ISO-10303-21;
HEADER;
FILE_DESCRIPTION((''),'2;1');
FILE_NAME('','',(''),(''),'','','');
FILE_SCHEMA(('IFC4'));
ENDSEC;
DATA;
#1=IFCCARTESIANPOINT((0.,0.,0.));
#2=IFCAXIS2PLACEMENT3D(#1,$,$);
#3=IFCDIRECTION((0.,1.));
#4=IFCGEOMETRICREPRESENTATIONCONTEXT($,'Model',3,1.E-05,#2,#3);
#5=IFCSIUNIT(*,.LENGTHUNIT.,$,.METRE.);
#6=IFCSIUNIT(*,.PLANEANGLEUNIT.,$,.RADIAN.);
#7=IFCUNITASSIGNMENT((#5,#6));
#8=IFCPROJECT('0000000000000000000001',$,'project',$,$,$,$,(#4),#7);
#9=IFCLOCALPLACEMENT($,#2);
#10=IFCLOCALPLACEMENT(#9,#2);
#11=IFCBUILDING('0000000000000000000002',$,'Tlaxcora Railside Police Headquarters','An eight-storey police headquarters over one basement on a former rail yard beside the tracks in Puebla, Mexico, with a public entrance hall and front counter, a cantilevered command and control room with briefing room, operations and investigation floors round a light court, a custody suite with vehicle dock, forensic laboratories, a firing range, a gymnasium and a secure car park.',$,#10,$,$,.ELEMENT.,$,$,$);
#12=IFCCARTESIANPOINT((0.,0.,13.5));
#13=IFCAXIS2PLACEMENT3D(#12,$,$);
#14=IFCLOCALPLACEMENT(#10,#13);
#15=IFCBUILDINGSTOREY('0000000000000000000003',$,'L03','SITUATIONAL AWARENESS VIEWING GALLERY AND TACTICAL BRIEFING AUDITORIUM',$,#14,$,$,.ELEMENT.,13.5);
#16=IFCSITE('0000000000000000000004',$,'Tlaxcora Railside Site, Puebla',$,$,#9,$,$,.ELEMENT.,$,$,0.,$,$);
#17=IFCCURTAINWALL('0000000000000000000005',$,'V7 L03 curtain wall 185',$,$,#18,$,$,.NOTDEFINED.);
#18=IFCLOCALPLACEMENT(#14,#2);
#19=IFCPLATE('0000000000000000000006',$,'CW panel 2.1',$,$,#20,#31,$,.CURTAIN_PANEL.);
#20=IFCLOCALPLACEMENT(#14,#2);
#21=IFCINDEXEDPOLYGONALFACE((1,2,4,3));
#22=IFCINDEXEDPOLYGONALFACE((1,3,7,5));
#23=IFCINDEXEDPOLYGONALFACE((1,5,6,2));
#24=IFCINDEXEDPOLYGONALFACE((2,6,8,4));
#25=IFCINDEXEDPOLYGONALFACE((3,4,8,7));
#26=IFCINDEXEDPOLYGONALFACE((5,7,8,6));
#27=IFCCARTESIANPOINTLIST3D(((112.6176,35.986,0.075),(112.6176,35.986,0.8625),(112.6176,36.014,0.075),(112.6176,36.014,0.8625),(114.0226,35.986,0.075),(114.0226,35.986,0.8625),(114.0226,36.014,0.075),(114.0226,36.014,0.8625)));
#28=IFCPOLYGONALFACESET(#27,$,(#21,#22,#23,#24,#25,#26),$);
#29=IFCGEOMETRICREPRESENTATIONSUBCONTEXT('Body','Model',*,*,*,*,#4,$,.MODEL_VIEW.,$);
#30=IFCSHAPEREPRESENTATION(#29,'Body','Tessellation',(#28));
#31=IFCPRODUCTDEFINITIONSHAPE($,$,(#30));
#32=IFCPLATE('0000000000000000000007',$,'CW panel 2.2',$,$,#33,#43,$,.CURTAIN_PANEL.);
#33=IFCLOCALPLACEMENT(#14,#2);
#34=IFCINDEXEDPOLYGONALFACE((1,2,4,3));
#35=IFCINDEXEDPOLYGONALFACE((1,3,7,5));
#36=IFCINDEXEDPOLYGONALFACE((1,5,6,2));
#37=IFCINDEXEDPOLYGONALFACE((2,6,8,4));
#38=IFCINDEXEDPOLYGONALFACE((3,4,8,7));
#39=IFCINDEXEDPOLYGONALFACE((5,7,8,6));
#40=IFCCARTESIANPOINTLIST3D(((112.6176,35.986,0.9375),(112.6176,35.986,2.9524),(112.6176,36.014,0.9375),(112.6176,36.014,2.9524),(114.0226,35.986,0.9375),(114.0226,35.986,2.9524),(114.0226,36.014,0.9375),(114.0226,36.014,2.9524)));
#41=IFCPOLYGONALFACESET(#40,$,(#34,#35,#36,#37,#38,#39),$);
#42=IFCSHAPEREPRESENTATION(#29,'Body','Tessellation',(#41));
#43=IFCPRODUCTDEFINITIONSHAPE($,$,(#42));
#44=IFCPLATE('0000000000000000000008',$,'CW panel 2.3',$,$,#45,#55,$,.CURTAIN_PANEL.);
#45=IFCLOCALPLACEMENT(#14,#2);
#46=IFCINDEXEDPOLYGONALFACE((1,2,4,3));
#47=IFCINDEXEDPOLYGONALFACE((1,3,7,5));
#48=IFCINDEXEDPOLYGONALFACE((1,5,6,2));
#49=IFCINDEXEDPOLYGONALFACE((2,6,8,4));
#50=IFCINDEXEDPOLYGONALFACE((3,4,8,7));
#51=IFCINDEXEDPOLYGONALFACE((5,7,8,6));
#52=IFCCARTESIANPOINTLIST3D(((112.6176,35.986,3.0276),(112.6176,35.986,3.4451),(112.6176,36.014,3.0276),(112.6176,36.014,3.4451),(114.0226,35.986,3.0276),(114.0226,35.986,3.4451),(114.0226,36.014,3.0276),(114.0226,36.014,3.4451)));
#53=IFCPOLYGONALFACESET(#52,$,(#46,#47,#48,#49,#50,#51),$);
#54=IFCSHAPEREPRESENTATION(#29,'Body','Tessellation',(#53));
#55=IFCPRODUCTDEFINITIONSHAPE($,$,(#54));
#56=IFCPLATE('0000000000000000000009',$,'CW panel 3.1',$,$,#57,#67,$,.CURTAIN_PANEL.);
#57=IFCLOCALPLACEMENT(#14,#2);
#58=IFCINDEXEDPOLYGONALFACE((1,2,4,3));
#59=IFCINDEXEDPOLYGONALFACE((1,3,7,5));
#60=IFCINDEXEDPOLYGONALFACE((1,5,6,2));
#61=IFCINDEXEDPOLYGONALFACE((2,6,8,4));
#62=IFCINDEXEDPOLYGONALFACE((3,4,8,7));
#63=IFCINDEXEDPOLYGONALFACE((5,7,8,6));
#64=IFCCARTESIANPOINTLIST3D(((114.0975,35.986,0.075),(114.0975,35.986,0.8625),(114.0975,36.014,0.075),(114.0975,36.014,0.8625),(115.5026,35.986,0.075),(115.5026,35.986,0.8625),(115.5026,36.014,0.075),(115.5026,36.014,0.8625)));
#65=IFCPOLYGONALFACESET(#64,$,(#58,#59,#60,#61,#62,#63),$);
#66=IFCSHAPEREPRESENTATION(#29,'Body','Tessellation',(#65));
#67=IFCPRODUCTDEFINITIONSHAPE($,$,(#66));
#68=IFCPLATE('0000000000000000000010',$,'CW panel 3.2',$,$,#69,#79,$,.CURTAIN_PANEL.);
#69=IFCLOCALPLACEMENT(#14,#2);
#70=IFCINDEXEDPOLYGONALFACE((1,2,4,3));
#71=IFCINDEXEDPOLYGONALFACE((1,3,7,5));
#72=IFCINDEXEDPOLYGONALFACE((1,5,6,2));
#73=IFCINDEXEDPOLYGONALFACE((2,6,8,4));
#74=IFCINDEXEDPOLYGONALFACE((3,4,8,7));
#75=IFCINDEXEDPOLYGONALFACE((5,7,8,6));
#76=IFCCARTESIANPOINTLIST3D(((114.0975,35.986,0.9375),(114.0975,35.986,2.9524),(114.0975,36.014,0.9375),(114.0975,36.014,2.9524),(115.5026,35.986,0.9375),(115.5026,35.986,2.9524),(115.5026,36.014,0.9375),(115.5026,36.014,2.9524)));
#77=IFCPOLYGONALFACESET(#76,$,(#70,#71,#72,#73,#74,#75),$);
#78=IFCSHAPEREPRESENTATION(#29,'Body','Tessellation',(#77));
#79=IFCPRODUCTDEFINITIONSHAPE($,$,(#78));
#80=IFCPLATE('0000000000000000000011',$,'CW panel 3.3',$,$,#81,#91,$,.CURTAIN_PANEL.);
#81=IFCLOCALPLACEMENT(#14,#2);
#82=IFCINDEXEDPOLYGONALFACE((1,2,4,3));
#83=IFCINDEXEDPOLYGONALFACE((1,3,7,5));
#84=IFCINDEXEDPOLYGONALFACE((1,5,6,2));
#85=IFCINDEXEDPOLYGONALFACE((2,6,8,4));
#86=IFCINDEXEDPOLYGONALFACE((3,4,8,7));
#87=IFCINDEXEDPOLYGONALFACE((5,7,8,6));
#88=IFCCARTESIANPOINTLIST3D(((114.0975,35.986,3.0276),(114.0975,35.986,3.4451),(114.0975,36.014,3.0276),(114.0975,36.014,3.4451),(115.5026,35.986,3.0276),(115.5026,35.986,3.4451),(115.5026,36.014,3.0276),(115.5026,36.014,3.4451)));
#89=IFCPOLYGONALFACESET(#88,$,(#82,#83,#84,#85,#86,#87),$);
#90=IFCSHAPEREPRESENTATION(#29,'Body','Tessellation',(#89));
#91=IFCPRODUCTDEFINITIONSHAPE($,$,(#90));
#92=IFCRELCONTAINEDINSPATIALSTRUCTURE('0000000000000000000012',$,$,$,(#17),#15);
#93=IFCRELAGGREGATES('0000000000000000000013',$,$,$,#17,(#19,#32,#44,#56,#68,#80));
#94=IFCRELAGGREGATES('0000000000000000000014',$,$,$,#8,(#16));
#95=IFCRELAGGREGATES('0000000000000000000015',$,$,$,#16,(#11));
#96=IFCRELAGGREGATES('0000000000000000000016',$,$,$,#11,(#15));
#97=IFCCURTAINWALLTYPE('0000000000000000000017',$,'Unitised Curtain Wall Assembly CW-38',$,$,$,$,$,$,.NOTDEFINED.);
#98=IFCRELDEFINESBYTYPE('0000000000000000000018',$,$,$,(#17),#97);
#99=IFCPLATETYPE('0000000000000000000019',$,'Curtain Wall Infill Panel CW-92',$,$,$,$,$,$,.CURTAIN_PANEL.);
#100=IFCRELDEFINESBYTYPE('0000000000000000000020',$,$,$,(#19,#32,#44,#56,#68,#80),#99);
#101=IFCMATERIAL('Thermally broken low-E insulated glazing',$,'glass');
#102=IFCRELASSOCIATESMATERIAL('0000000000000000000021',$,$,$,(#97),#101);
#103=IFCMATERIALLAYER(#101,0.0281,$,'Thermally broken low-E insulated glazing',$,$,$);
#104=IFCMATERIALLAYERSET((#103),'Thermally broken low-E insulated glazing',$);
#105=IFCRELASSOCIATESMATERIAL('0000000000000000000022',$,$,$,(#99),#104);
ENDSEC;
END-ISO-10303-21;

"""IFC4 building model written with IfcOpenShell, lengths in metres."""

from ifc_helpers import new_model, si_unit, direction, frame, origin, origin_2d, place, context, subcontext, project, spatial, rectangle, extrude, material, layer, layer_set, type_object, element, aggregate, save


model = new_model("IFC4")

# Units and contexts
model_context = context("Model", 3, precision=1e-05, world=origin(), true_north=direction((0.0, 1.0)))
body_context = subcontext(model_context, "Body", "Model", "MODEL_VIEW")
ifc_project = project(units=[si_unit("LENGTHUNIT", "METRE"), si_unit("PLANEANGLEUNIT", "RADIAN")], contexts=[model_context])

# Site, building, storey
site_placement = place(None, origin())
site = spatial("IfcSite", under=ifc_project, at=site_placement, Name="Tlaxcora Railside Site, Puebla", CompositionType="ELEMENT", RefElevation=0.0)
building_placement = place(site_placement, origin())
building = spatial("IfcBuilding", under=site, at=building_placement, Name="Tlaxcora Railside Police Headquarters", Description="An eight-storey police headquarters over one basement on a former rail yard beside the tracks in Puebla, Mexico, with a public entrance hall and front counter, a cantilevered command and control room with briefing room, operations and investigation floors round a light court, a custody suite with vehicle dock, forensic laboratories, a firing range, a gymnasium and a secure car park.", CompositionType="ELEMENT")
storey_placement = place(building_placement, frame((0.0, 0.0, 13.5)))
storey = spatial("IfcBuildingStorey", under=building, at=storey_placement, Name="L03", Description="SITUATIONAL AWARENESS VIEWING GALLERY AND TACTICAL BRIEFING AUDITORIUM", CompositionType="ELEMENT", Elevation=13.5)

# Curtain wall
ifc_material_1 = material(Name="Thermally broken low-E insulated glazing", Category="glass")
curtain_wall_type = type_object("IfcCurtainWallType", Name="Unitised Curtain Wall Assembly CW-38", PredefinedType="NOTDEFINED", material=ifc_material_1)
curtain_wall_placement = place(storey_placement, origin())
curtain_wall = element("IfcCurtainWall", 1, at=curtain_wall_placement, inside=storey, type_object=curtain_wall_type, Name="V7 L03 curtain wall 185", PredefinedType="NOTDEFINED")

# Plates
ifc_layer = layer(ifc_material_1, 0.0281, Name="Thermally broken low-E insulated glazing")
ifc_layer_set = layer_set([ifc_layer], Name="Thermally broken low-E insulated glazing")
plate_type = type_object("IfcPlateType", Name="Curtain Wall Infill Panel CW-92", PredefinedType="CURTAIN_PANEL", material=ifc_layer_set)
plate_1_placement = place(storey_placement, frame((113.3201, 36.0, 0.075), z_axis=(0.0, 0.0, 1.0), x_axis=(1.0, 0.0, 0.0)))
plate_1 = element("IfcPlate", 2, at=plate_1_placement, type_object=plate_type, Name="CW panel 2.1", PredefinedType="CURTAIN_PANEL", context=body_context, shape_type="SweptSolid", body=[
    extrude(rectangle(XDim=1.405, YDim=0.0281, at=origin_2d()), origin(), (0.0, 0.0, 1.0), 0.7876),
])
plate_2_placement = place(storey_placement, frame((113.3201, 36.0, 0.9375), z_axis=(0.0, 0.0, 1.0), x_axis=(1.0, 0.0, 0.0)))
plate_2 = element("IfcPlate", 3, at=plate_2_placement, type_object=plate_type, Name="CW panel 2.2", PredefinedType="CURTAIN_PANEL", context=body_context, shape_type="SweptSolid", body=[
    extrude(rectangle(XDim=1.405, YDim=0.0281, at=origin_2d()), origin(), (0.0, 0.0, 1.0), 2.0149),
])
plate_3_placement = place(storey_placement, frame((113.3201, 36.0, 3.0276), z_axis=(0.0, 0.0, 1.0), x_axis=(1.0, 0.0, 0.0)))
plate_3 = element("IfcPlate", 4, at=plate_3_placement, type_object=plate_type, Name="CW panel 2.3", PredefinedType="CURTAIN_PANEL", context=body_context, shape_type="SweptSolid", body=[
    extrude(rectangle(XDim=1.405, YDim=0.0281, at=origin_2d()), origin(), (0.0, 0.0, 1.0), 0.4175),
])
plate_4_placement = place(storey_placement, frame((114.8, 36.0, 0.075), z_axis=(0.0, 0.0, 1.0), x_axis=(1.0, 0.0, 0.0)))
plate_4 = element("IfcPlate", 5, at=plate_4_placement, type_object=plate_type, Name="CW panel 3.1", PredefinedType="CURTAIN_PANEL", context=body_context, shape_type="SweptSolid", body=[
    extrude(rectangle(XDim=1.405, YDim=0.0281, at=origin_2d()), origin(), (0.0, 0.0, 1.0), 0.7876),
])
plate_5_placement = place(storey_placement, frame((114.8, 36.0, 0.9375), z_axis=(0.0, 0.0, 1.0), x_axis=(1.0, 0.0, 0.0)))
plate_5 = element("IfcPlate", 6, at=plate_5_placement, type_object=plate_type, Name="CW panel 3.2", PredefinedType="CURTAIN_PANEL", context=body_context, shape_type="SweptSolid", body=[
    extrude(rectangle(XDim=1.405, YDim=0.0281, at=origin_2d()), origin(), (0.0, 0.0, 1.0), 2.0149),
])
plate_6_placement = place(storey_placement, frame((114.8, 36.0, 3.0276), z_axis=(0.0, 0.0, 1.0), x_axis=(1.0, 0.0, 0.0)))
plate_6 = element("IfcPlate", 7, at=plate_6_placement, type_object=plate_type, Name="CW panel 3.3", PredefinedType="CURTAIN_PANEL", context=body_context, shape_type="SweptSolid", body=[
    extrude(rectangle(XDim=1.405, YDim=0.0281, at=origin_2d()), origin(), (0.0, 0.0, 1.0), 0.4175),
])
aggregate(curtain_wall, [plate_1, plate_2, plate_3, plate_4, plate_5, plate_6])

save(model, "model.ifc")
